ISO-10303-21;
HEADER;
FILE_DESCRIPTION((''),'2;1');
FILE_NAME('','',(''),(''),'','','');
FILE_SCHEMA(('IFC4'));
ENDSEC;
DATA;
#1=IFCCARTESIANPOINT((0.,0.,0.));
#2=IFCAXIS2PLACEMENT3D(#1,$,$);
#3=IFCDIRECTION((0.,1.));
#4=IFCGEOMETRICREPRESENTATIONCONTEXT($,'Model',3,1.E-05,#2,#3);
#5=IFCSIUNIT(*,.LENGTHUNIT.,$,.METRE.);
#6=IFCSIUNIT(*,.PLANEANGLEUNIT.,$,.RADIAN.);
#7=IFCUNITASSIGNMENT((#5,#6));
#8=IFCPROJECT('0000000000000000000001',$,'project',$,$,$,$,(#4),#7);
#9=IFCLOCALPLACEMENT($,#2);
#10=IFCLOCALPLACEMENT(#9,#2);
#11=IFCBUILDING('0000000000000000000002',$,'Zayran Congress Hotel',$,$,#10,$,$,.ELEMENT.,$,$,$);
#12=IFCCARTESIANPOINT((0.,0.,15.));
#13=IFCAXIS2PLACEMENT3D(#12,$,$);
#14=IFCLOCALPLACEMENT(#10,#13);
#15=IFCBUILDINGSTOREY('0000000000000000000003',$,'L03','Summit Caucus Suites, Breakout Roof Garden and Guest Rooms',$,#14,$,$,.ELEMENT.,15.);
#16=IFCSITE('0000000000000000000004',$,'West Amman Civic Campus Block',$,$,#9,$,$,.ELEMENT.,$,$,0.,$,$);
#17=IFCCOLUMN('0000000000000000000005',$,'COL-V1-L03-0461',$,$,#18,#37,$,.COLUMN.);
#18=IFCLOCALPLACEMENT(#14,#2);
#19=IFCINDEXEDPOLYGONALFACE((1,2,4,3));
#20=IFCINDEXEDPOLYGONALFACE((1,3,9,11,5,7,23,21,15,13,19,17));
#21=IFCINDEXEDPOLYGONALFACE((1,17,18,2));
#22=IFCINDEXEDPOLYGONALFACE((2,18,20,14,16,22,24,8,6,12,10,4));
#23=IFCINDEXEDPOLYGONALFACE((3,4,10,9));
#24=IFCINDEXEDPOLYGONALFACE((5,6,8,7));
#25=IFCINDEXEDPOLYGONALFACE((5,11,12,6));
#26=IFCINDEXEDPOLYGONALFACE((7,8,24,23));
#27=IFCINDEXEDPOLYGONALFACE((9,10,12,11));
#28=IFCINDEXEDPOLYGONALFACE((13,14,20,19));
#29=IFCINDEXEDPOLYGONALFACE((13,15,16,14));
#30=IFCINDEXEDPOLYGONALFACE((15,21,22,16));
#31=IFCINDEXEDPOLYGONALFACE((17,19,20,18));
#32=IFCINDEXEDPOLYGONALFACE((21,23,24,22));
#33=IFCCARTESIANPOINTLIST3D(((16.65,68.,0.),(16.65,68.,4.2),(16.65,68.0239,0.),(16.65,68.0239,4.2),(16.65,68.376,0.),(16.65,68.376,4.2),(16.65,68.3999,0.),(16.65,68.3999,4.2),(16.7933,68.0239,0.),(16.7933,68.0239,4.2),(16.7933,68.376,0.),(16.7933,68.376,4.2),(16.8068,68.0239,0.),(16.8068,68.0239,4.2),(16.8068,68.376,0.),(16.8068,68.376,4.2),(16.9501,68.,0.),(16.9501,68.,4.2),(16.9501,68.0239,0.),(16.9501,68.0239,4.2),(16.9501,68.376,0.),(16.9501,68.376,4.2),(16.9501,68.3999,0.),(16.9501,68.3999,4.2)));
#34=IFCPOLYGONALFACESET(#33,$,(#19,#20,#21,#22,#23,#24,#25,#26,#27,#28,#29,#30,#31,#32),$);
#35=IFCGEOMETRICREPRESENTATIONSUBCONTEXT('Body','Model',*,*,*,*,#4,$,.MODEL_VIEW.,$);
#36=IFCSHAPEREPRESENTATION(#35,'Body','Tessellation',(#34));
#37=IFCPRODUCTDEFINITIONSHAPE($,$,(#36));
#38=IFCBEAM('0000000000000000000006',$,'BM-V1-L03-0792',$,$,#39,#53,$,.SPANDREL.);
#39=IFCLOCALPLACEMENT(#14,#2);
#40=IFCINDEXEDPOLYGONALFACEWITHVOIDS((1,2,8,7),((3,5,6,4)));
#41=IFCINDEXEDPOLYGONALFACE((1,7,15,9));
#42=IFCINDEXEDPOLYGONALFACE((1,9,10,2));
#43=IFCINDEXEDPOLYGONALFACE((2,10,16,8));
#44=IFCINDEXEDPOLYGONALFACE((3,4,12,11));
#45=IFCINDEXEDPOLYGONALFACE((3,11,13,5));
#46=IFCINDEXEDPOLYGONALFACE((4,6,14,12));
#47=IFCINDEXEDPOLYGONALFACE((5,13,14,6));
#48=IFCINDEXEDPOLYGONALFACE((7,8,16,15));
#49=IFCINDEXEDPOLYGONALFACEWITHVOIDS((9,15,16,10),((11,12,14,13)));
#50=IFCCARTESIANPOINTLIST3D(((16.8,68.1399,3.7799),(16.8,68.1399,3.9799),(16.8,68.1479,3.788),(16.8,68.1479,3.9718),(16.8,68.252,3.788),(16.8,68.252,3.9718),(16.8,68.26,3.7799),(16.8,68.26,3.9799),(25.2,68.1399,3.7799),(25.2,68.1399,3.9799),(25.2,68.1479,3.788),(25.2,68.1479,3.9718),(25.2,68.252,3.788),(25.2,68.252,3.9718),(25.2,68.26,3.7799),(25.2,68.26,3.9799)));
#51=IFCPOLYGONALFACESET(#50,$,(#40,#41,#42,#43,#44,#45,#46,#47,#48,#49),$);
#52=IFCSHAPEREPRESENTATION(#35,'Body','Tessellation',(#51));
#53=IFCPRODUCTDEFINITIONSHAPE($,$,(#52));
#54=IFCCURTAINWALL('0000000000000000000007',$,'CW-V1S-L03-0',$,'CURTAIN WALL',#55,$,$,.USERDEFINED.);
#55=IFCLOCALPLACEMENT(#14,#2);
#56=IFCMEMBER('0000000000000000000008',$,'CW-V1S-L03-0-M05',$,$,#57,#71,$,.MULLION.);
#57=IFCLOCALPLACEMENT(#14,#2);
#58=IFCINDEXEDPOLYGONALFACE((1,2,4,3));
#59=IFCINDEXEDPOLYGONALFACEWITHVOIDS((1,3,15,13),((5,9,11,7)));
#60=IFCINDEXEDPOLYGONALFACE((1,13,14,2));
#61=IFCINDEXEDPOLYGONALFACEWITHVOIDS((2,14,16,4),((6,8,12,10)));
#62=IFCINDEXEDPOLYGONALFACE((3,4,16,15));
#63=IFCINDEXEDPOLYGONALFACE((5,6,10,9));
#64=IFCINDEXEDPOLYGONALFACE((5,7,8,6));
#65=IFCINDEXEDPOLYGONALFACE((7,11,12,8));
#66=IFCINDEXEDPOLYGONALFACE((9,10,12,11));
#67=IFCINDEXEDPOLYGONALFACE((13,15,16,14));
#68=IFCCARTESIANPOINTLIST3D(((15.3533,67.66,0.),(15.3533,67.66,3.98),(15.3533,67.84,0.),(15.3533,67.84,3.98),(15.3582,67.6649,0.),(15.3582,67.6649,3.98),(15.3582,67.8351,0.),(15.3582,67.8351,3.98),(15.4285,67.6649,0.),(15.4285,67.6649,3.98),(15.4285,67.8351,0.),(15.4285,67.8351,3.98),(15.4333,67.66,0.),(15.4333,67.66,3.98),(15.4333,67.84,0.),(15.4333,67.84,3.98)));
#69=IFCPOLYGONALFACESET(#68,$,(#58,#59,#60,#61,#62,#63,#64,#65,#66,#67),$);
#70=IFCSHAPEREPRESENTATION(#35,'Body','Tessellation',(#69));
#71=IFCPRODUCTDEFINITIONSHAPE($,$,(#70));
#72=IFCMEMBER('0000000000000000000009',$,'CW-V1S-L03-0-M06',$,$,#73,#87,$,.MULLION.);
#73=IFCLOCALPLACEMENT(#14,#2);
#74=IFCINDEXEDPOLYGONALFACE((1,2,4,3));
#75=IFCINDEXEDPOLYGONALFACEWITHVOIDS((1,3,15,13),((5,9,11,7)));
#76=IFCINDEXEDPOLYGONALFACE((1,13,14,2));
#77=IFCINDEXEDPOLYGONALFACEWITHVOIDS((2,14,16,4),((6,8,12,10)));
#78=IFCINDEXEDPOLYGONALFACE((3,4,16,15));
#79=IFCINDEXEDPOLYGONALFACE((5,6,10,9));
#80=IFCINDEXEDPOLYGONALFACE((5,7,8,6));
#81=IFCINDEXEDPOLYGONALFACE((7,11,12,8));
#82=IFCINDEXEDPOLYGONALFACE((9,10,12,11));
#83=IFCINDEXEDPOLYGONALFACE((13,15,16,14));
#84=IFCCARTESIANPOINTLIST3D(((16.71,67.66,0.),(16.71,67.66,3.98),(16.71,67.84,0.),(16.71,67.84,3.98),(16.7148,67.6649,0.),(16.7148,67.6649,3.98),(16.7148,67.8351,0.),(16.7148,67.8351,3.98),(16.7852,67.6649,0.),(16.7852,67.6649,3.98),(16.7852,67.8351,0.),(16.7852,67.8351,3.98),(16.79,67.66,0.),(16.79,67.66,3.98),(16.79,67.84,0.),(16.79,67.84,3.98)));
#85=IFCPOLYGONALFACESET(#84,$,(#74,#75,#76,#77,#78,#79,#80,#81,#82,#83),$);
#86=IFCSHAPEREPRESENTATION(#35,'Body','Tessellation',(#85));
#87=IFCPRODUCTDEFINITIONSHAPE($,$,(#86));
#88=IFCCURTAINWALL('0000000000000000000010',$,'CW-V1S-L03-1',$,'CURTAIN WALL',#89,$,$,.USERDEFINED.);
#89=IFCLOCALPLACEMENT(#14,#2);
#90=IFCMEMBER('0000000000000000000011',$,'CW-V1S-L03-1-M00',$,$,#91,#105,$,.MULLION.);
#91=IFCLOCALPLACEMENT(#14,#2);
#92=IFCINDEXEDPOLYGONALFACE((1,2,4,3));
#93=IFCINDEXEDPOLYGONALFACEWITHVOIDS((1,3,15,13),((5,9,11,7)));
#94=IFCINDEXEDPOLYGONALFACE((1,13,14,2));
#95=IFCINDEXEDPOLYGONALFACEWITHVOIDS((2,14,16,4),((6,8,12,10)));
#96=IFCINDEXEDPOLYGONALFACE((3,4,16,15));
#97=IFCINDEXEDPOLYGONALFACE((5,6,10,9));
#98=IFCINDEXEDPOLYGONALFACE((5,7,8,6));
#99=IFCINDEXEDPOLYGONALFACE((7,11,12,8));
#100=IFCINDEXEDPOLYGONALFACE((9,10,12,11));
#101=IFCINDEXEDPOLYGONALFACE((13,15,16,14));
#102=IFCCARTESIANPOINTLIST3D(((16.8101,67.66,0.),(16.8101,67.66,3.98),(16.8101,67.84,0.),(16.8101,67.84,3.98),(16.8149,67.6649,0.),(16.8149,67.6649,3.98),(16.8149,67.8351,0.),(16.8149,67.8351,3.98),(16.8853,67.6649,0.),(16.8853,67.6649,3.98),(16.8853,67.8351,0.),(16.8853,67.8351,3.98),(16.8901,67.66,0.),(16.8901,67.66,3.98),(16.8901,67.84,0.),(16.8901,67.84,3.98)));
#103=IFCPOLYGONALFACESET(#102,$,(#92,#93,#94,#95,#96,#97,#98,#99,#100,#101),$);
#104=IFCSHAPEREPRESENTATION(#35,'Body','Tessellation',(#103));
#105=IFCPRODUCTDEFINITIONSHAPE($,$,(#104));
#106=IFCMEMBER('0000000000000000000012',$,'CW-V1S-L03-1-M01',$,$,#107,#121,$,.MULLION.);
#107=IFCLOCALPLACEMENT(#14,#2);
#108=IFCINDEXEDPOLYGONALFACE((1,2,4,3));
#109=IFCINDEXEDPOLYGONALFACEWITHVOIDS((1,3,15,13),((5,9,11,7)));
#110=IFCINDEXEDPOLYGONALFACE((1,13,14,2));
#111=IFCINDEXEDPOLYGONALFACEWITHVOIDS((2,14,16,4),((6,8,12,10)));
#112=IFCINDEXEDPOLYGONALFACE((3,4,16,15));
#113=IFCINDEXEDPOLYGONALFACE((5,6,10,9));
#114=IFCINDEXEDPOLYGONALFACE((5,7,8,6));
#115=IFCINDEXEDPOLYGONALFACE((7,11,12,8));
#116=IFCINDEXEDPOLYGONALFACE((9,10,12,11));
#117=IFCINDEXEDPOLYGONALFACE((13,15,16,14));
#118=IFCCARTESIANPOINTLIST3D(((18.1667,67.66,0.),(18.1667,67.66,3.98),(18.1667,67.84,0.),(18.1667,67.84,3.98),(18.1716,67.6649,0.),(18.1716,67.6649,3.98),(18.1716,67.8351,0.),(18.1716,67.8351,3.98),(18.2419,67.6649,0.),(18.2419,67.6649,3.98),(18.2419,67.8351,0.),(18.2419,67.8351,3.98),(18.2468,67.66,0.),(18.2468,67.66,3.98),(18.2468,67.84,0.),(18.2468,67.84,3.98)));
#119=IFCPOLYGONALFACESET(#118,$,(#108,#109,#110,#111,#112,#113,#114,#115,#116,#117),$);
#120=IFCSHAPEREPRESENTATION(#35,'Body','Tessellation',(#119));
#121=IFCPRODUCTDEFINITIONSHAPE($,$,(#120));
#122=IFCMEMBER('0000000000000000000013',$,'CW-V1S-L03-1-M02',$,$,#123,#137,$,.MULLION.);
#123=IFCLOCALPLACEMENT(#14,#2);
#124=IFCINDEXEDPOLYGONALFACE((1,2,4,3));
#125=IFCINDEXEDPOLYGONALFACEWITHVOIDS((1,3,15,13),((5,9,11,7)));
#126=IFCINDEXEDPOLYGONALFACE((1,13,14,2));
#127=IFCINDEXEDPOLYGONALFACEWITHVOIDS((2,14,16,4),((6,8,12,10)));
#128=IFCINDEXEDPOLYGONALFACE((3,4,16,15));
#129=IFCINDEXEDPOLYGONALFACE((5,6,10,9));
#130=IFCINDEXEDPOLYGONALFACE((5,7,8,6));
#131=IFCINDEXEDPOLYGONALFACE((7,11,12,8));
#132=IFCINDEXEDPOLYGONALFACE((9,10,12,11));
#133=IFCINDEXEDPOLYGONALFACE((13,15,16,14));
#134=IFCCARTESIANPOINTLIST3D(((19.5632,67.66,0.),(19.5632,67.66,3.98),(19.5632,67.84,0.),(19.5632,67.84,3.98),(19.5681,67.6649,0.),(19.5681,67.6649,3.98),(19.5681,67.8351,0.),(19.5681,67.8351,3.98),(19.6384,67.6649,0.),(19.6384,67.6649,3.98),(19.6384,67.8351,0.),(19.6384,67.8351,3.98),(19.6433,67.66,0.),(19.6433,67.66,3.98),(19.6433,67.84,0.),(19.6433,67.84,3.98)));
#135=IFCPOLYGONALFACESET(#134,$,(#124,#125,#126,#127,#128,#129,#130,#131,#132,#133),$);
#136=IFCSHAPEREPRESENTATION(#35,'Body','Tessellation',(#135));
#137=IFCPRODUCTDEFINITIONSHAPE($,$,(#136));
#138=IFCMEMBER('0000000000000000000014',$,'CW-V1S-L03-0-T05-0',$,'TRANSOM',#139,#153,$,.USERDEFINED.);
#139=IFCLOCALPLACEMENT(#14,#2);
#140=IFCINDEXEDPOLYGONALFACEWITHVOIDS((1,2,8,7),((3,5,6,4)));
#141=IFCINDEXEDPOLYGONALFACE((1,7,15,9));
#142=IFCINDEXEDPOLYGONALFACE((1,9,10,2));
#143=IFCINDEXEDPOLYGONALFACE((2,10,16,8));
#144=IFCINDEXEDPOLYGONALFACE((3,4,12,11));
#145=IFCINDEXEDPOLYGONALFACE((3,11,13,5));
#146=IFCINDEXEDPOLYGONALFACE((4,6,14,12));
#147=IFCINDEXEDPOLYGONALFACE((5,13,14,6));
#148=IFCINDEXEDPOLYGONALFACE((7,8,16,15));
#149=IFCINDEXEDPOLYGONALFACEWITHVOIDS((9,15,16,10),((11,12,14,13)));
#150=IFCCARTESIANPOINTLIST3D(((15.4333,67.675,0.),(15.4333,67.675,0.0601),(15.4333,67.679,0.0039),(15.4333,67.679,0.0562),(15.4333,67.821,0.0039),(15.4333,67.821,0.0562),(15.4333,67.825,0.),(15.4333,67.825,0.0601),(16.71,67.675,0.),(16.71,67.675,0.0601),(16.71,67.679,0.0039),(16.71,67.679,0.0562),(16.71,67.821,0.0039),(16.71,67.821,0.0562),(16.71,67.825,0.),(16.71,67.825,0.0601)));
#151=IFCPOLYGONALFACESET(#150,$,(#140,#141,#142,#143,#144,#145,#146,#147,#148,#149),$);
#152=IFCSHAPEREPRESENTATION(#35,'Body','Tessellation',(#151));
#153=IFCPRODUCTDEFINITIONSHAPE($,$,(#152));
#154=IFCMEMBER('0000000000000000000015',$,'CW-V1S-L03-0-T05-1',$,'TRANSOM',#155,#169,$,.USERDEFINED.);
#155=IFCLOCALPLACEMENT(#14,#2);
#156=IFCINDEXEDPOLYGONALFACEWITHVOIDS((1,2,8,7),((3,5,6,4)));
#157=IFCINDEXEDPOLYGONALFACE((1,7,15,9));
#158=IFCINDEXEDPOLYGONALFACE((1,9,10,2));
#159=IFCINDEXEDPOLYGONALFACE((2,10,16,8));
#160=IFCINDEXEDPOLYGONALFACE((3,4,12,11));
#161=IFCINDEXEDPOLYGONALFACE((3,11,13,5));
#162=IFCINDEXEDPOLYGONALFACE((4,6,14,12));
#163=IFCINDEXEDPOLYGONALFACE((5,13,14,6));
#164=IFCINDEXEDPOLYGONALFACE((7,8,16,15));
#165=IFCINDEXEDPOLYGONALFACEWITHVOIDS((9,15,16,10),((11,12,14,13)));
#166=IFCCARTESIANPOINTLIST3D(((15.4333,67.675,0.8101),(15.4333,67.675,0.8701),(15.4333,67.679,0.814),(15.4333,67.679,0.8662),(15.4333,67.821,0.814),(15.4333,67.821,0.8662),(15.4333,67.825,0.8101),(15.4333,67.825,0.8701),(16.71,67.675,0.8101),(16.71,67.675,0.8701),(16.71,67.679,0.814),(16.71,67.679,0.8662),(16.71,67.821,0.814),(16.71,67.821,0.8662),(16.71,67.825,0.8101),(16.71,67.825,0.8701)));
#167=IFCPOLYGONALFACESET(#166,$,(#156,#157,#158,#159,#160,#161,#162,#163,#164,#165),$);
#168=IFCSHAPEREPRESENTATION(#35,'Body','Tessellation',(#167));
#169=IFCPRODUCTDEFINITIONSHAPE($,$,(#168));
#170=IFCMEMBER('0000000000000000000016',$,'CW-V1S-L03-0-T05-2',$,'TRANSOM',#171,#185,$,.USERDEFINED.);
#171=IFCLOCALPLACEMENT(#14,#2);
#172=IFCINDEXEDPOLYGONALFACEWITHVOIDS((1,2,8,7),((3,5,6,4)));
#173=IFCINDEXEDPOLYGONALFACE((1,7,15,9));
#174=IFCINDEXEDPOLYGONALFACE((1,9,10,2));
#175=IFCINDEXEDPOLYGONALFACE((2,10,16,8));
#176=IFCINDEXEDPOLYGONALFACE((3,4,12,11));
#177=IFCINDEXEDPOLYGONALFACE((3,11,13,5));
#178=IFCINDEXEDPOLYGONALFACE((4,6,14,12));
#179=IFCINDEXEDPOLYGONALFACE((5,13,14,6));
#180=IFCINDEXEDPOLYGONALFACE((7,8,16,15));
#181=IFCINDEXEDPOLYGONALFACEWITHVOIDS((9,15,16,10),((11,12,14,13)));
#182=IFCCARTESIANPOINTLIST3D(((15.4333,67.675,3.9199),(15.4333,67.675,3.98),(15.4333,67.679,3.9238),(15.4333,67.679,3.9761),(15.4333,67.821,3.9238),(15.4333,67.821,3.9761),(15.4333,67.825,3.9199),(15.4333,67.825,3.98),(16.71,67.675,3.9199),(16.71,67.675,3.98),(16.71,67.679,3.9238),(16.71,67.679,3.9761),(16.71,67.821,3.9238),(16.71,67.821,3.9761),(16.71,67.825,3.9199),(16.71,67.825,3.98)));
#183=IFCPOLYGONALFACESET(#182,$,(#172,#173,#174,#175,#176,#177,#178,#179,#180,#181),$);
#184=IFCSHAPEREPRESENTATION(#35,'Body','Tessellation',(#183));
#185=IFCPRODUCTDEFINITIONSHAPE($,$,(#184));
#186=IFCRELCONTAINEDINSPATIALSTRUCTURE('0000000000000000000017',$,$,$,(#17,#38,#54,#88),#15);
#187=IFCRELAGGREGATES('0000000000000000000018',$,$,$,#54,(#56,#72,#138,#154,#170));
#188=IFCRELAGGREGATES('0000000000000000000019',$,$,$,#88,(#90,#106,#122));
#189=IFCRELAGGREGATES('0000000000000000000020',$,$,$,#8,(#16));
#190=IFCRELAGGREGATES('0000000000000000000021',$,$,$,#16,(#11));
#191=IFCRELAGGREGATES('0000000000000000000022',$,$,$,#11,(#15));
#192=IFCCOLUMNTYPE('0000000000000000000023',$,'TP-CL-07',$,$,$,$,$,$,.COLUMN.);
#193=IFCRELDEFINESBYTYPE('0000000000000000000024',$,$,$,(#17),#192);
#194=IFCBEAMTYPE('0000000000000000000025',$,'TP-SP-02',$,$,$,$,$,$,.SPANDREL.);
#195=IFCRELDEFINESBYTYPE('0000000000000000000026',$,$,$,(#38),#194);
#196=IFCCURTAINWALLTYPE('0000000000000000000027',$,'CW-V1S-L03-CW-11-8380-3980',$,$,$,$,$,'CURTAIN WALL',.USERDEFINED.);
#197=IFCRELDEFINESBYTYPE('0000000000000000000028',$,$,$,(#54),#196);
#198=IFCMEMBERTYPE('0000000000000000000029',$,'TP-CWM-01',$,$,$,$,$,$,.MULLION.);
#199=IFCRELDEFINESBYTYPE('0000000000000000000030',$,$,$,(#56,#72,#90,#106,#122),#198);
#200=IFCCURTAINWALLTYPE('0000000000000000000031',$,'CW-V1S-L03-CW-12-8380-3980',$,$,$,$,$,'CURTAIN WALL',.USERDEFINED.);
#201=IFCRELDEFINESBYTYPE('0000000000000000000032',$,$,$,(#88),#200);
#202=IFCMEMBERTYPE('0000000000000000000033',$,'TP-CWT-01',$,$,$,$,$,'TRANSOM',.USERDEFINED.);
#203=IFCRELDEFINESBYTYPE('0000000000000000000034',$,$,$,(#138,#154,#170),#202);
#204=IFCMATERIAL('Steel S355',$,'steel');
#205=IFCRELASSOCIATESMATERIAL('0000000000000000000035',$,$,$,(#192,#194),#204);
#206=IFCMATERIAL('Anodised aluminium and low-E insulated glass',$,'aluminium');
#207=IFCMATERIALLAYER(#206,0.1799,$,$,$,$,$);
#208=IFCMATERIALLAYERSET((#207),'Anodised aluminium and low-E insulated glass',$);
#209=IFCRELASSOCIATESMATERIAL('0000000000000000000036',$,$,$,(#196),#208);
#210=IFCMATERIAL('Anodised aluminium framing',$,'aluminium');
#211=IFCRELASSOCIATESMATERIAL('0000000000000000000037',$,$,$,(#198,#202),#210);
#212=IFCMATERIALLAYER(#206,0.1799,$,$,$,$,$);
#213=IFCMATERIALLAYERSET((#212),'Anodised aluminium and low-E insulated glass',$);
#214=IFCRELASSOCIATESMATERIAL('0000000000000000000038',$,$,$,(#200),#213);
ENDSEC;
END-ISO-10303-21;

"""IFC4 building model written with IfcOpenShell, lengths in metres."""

from ifc_helpers import new_model, si_unit, direction, frame, origin, origin_2d, place, context, subcontext, project, spatial, hollow_rectangle, i_section, extrude, material, layer, layer_set, material_profile, profile_set, type_object, element, aggregate, save


model = new_model("IFC4")

# Units and contexts
model_context = context("Model", 3, precision=1e-05, world=origin(), true_north=direction((0.0, 1.0)))
body_context = subcontext(model_context, "Body", "Model", "MODEL_VIEW")
ifc_project = project(units=[si_unit("LENGTHUNIT", "METRE"), si_unit("PLANEANGLEUNIT", "RADIAN")], contexts=[model_context])

# Site, building, storey
site_placement = place(None, origin())
site = spatial("IfcSite", under=ifc_project, at=site_placement, Name="West Amman Civic Campus Block", CompositionType="ELEMENT", RefElevation=0.0)
building_placement = place(site_placement, origin())
building = spatial("IfcBuilding", under=site, at=building_placement, Name="Zayran Congress Hotel", CompositionType="ELEMENT")
storey_placement = place(building_placement, frame((0.0, 0.0, 15.0)))
storey = spatial("IfcBuildingStorey", under=building, at=storey_placement, Name="L03", Description="Summit Caucus Suites, Breakout Roof Garden and Guest Rooms", CompositionType="ELEMENT", Elevation=15.0)

# Column
ifc_material_1 = material(Name="Steel S355", Category="steel")
ifc_material_profile_1 = material_profile(ifc_material_1, i_section(OverallWidth=0.3, OverallDepth=0.3999, WebThickness=0.0134, FlangeThickness=0.0239, at=origin_2d()), Name="HEB 400")
ifc_profile_set_1 = profile_set([ifc_material_profile_1], Name="Steel S355")
column_type = type_object("IfcColumnType", Name="TP-CL-07", PredefinedType="COLUMN", material=ifc_profile_set_1)
column_placement = place(storey_placement, frame((16.8, 68.2, 0.0), z_axis=(0.0, 0.0, 1.0), x_axis=(1.0, 0.0, 0.0)))
element("IfcColumn", 1, at=column_placement, inside=storey, type_object=column_type, Name="COL-V1-L03-0461", PredefinedType="COLUMN", context=body_context, shape_type="SweptSolid", body=[
    extrude(i_section(OverallWidth=0.3, OverallDepth=0.3999, WebThickness=0.0134, FlangeThickness=0.0239, at=origin_2d()), origin(), (0.0, 0.0, 1.0), 4.2),
])

# Beam
ifc_material_profile_2 = material_profile(ifc_material_1, hollow_rectangle(XDim=0.1201, YDim=0.2, WallThickness=0.0081, at=origin_2d()), Name="RHS 200x120x8")
ifc_profile_set_2 = profile_set([ifc_material_profile_2], Name="Steel S355")
beam_type = type_object("IfcBeamType", Name="TP-SP-02", PredefinedType="SPANDREL", material=ifc_profile_set_2)
beam_placement = place(storey_placement, frame((16.8, 68.2, 3.8799), z_axis=(1.0, 0.0, 0.0), x_axis=(0.0, 1.0, 0.0)))
element("IfcBeam", 2, at=beam_placement, inside=storey, type_object=beam_type, Name="BM-V1-L03-0792", PredefinedType="SPANDREL", context=body_context, shape_type="SweptSolid", body=[
    extrude(hollow_rectangle(XDim=0.1201, YDim=0.2, WallThickness=0.0081, at=origin_2d()), origin(), (0.0, 0.0, 1.0), 8.3999),
])

# Curtain walls, members
ifc_material_2 = material(Name="Anodised aluminium and low-E insulated glass", Category="aluminium")
ifc_layer_1 = layer(ifc_material_2, 0.1799)
ifc_layer_set_1 = layer_set([ifc_layer_1], Name="Anodised aluminium and low-E insulated glass")
curtain_wall_type_1 = type_object("IfcCurtainWallType", Name="CW-V1S-L03-CW-11-8380-3980", ElementType="CURTAIN WALL", PredefinedType="USERDEFINED", material=ifc_layer_set_1)
curtain_wall_1_placement = place(storey_placement, origin())
curtain_wall_1 = element("IfcCurtainWall", 3, at=curtain_wall_1_placement, inside=storey, type_object=curtain_wall_type_1, Name="CW-V1S-L03-0", ObjectType="CURTAIN WALL", PredefinedType="USERDEFINED")
ifc_material_3 = material(Name="Anodised aluminium framing", Category="aluminium")
ifc_material_profile_3 = material_profile(ifc_material_3, hollow_rectangle(XDim=0.0801, YDim=0.1799, WallThickness=0.0049, at=origin_2d()), Name="RHS 180x80x5")
ifc_profile_set_3 = profile_set([ifc_material_profile_3], Name="Anodised aluminium framing")
member_type_1 = type_object("IfcMemberType", Name="TP-CWM-01", PredefinedType="MULLION", material=ifc_profile_set_3)
member_1_placement = place(storey_placement, frame((15.3933, 67.75, 0.0), z_axis=(0.0, 0.0, 1.0), x_axis=(1.0, 0.0, 0.0)))
member_1 = element("IfcMember", 4, at=member_1_placement, type_object=member_type_1, Name="CW-V1S-L03-0-M05", PredefinedType="MULLION", context=body_context, shape_type="SweptSolid", body=[
    extrude(hollow_rectangle(XDim=0.0801, YDim=0.1799, WallThickness=0.0049, at=origin_2d()), origin(), (0.0, 0.0, 1.0), 3.98),
])
member_2_placement = place(storey_placement, frame((16.75, 67.75, 0.0), z_axis=(0.0, 0.0, 1.0), x_axis=(1.0, 0.0, 0.0)))
member_2 = element("IfcMember", 5, at=member_2_placement, type_object=member_type_1, Name="CW-V1S-L03-0-M06", PredefinedType="MULLION", context=body_context, shape_type="SweptSolid", body=[
    extrude(hollow_rectangle(XDim=0.0801, YDim=0.1799, WallThickness=0.0049, at=origin_2d()), origin(), (0.0, 0.0, 1.0), 3.98),
])
ifc_layer_2 = layer(ifc_material_2, 0.1799)
ifc_layer_set_2 = layer_set([ifc_layer_2], Name="Anodised aluminium and low-E insulated glass")
curtain_wall_type_2 = type_object("IfcCurtainWallType", Name="CW-V1S-L03-CW-12-8380-3980", ElementType="CURTAIN WALL", PredefinedType="USERDEFINED", material=ifc_layer_set_2)
curtain_wall_2_placement = place(storey_placement, origin())
curtain_wall_2 = element("IfcCurtainWall", 6, at=curtain_wall_2_placement, inside=storey, type_object=curtain_wall_type_2, Name="CW-V1S-L03-1", ObjectType="CURTAIN WALL", PredefinedType="USERDEFINED")
member_3_placement = place(storey_placement, frame((16.8501, 67.75, 0.0), z_axis=(0.0, 0.0, 1.0), x_axis=(1.0, 0.0, 0.0)))
member_3 = element("IfcMember", 7, at=member_3_placement, type_object=member_type_1, Name="CW-V1S-L03-1-M00", PredefinedType="MULLION", context=body_context, shape_type="SweptSolid", body=[
    extrude(hollow_rectangle(XDim=0.0801, YDim=0.1799, WallThickness=0.0049, at=origin_2d()), origin(), (0.0, 0.0, 1.0), 3.98),
])
member_4_placement = place(storey_placement, frame((18.2068, 67.75, 0.0), z_axis=(0.0, 0.0, 1.0), x_axis=(1.0, 0.0, 0.0)))
member_4 = element("IfcMember", 8, at=member_4_placement, type_object=member_type_1, Name="CW-V1S-L03-1-M01", PredefinedType="MULLION", context=body_context, shape_type="SweptSolid", body=[
    extrude(hollow_rectangle(XDim=0.0801, YDim=0.1799, WallThickness=0.0049, at=origin_2d()), origin(), (0.0, 0.0, 1.0), 3.98),
])
member_5_placement = place(storey_placement, frame((19.6033, 67.75, 0.0), z_axis=(0.0, 0.0, 1.0), x_axis=(1.0, 0.0, 0.0)))
member_5 = element("IfcMember", 9, at=member_5_placement, type_object=member_type_1, Name="CW-V1S-L03-1-M02", PredefinedType="MULLION", context=body_context, shape_type="SweptSolid", body=[
    extrude(hollow_rectangle(XDim=0.0801, YDim=0.1799, WallThickness=0.0049, at=origin_2d()), origin(), (0.0, 0.0, 1.0), 3.98),
])

# Members
ifc_material_profile_4 = material_profile(ifc_material_3, hollow_rectangle(XDim=0.0601, YDim=0.1499, WallThickness=0.0039, at=origin_2d()), Name="RHS 150x60x4")
ifc_profile_set_4 = profile_set([ifc_material_profile_4], Name="Anodised aluminium framing")
member_type_2 = type_object("IfcMemberType", Name="TP-CWT-01", ElementType="TRANSOM", PredefinedType="USERDEFINED", material=ifc_profile_set_4)
member_6_placement = place(storey_placement, frame((15.4333, 67.75, 0.03), z_axis=(1.0, 0.0, 0.0), x_axis=(0.0, 0.0, 1.0)))
member_6 = element("IfcMember", 10, at=member_6_placement, type_object=member_type_2, Name="CW-V1S-L03-0-T05-0", ObjectType="TRANSOM", PredefinedType="USERDEFINED", context=body_context, shape_type="SweptSolid", body=[
    extrude(hollow_rectangle(XDim=0.0601, YDim=0.1499, WallThickness=0.0039, at=origin_2d()), origin(), (0.0, 0.0, 1.0), 1.2766),
])
member_7_placement = place(storey_placement, frame((15.4333, 67.75, 0.8401), z_axis=(1.0, 0.0, 0.0), x_axis=(0.0, 0.0, 1.0)))
member_7 = element("IfcMember", 11, at=member_7_placement, type_object=member_type_2, Name="CW-V1S-L03-0-T05-1", ObjectType="TRANSOM", PredefinedType="USERDEFINED", context=body_context, shape_type="SweptSolid", body=[
    extrude(hollow_rectangle(XDim=0.0601, YDim=0.1499, WallThickness=0.0039, at=origin_2d()), origin(), (0.0, 0.0, 1.0), 1.2766),
])
member_8_placement = place(storey_placement, frame((15.4333, 67.75, 3.95), z_axis=(1.0, 0.0, 0.0), x_axis=(0.0, 0.0, 1.0)))
member_8 = element("IfcMember", 12, at=member_8_placement, type_object=member_type_2, Name="CW-V1S-L03-0-T05-2", ObjectType="TRANSOM", PredefinedType="USERDEFINED", context=body_context, shape_type="SweptSolid", body=[
    extrude(hollow_rectangle(XDim=0.0601, YDim=0.1499, WallThickness=0.0039, at=origin_2d()), origin(), (0.0, 0.0, 1.0), 1.2766),
])

aggregate(curtain_wall_1, [member_1, member_2, member_6, member_7, member_8])
aggregate(curtain_wall_2, [member_3, member_4, member_5])

save(model, "model.ifc")
